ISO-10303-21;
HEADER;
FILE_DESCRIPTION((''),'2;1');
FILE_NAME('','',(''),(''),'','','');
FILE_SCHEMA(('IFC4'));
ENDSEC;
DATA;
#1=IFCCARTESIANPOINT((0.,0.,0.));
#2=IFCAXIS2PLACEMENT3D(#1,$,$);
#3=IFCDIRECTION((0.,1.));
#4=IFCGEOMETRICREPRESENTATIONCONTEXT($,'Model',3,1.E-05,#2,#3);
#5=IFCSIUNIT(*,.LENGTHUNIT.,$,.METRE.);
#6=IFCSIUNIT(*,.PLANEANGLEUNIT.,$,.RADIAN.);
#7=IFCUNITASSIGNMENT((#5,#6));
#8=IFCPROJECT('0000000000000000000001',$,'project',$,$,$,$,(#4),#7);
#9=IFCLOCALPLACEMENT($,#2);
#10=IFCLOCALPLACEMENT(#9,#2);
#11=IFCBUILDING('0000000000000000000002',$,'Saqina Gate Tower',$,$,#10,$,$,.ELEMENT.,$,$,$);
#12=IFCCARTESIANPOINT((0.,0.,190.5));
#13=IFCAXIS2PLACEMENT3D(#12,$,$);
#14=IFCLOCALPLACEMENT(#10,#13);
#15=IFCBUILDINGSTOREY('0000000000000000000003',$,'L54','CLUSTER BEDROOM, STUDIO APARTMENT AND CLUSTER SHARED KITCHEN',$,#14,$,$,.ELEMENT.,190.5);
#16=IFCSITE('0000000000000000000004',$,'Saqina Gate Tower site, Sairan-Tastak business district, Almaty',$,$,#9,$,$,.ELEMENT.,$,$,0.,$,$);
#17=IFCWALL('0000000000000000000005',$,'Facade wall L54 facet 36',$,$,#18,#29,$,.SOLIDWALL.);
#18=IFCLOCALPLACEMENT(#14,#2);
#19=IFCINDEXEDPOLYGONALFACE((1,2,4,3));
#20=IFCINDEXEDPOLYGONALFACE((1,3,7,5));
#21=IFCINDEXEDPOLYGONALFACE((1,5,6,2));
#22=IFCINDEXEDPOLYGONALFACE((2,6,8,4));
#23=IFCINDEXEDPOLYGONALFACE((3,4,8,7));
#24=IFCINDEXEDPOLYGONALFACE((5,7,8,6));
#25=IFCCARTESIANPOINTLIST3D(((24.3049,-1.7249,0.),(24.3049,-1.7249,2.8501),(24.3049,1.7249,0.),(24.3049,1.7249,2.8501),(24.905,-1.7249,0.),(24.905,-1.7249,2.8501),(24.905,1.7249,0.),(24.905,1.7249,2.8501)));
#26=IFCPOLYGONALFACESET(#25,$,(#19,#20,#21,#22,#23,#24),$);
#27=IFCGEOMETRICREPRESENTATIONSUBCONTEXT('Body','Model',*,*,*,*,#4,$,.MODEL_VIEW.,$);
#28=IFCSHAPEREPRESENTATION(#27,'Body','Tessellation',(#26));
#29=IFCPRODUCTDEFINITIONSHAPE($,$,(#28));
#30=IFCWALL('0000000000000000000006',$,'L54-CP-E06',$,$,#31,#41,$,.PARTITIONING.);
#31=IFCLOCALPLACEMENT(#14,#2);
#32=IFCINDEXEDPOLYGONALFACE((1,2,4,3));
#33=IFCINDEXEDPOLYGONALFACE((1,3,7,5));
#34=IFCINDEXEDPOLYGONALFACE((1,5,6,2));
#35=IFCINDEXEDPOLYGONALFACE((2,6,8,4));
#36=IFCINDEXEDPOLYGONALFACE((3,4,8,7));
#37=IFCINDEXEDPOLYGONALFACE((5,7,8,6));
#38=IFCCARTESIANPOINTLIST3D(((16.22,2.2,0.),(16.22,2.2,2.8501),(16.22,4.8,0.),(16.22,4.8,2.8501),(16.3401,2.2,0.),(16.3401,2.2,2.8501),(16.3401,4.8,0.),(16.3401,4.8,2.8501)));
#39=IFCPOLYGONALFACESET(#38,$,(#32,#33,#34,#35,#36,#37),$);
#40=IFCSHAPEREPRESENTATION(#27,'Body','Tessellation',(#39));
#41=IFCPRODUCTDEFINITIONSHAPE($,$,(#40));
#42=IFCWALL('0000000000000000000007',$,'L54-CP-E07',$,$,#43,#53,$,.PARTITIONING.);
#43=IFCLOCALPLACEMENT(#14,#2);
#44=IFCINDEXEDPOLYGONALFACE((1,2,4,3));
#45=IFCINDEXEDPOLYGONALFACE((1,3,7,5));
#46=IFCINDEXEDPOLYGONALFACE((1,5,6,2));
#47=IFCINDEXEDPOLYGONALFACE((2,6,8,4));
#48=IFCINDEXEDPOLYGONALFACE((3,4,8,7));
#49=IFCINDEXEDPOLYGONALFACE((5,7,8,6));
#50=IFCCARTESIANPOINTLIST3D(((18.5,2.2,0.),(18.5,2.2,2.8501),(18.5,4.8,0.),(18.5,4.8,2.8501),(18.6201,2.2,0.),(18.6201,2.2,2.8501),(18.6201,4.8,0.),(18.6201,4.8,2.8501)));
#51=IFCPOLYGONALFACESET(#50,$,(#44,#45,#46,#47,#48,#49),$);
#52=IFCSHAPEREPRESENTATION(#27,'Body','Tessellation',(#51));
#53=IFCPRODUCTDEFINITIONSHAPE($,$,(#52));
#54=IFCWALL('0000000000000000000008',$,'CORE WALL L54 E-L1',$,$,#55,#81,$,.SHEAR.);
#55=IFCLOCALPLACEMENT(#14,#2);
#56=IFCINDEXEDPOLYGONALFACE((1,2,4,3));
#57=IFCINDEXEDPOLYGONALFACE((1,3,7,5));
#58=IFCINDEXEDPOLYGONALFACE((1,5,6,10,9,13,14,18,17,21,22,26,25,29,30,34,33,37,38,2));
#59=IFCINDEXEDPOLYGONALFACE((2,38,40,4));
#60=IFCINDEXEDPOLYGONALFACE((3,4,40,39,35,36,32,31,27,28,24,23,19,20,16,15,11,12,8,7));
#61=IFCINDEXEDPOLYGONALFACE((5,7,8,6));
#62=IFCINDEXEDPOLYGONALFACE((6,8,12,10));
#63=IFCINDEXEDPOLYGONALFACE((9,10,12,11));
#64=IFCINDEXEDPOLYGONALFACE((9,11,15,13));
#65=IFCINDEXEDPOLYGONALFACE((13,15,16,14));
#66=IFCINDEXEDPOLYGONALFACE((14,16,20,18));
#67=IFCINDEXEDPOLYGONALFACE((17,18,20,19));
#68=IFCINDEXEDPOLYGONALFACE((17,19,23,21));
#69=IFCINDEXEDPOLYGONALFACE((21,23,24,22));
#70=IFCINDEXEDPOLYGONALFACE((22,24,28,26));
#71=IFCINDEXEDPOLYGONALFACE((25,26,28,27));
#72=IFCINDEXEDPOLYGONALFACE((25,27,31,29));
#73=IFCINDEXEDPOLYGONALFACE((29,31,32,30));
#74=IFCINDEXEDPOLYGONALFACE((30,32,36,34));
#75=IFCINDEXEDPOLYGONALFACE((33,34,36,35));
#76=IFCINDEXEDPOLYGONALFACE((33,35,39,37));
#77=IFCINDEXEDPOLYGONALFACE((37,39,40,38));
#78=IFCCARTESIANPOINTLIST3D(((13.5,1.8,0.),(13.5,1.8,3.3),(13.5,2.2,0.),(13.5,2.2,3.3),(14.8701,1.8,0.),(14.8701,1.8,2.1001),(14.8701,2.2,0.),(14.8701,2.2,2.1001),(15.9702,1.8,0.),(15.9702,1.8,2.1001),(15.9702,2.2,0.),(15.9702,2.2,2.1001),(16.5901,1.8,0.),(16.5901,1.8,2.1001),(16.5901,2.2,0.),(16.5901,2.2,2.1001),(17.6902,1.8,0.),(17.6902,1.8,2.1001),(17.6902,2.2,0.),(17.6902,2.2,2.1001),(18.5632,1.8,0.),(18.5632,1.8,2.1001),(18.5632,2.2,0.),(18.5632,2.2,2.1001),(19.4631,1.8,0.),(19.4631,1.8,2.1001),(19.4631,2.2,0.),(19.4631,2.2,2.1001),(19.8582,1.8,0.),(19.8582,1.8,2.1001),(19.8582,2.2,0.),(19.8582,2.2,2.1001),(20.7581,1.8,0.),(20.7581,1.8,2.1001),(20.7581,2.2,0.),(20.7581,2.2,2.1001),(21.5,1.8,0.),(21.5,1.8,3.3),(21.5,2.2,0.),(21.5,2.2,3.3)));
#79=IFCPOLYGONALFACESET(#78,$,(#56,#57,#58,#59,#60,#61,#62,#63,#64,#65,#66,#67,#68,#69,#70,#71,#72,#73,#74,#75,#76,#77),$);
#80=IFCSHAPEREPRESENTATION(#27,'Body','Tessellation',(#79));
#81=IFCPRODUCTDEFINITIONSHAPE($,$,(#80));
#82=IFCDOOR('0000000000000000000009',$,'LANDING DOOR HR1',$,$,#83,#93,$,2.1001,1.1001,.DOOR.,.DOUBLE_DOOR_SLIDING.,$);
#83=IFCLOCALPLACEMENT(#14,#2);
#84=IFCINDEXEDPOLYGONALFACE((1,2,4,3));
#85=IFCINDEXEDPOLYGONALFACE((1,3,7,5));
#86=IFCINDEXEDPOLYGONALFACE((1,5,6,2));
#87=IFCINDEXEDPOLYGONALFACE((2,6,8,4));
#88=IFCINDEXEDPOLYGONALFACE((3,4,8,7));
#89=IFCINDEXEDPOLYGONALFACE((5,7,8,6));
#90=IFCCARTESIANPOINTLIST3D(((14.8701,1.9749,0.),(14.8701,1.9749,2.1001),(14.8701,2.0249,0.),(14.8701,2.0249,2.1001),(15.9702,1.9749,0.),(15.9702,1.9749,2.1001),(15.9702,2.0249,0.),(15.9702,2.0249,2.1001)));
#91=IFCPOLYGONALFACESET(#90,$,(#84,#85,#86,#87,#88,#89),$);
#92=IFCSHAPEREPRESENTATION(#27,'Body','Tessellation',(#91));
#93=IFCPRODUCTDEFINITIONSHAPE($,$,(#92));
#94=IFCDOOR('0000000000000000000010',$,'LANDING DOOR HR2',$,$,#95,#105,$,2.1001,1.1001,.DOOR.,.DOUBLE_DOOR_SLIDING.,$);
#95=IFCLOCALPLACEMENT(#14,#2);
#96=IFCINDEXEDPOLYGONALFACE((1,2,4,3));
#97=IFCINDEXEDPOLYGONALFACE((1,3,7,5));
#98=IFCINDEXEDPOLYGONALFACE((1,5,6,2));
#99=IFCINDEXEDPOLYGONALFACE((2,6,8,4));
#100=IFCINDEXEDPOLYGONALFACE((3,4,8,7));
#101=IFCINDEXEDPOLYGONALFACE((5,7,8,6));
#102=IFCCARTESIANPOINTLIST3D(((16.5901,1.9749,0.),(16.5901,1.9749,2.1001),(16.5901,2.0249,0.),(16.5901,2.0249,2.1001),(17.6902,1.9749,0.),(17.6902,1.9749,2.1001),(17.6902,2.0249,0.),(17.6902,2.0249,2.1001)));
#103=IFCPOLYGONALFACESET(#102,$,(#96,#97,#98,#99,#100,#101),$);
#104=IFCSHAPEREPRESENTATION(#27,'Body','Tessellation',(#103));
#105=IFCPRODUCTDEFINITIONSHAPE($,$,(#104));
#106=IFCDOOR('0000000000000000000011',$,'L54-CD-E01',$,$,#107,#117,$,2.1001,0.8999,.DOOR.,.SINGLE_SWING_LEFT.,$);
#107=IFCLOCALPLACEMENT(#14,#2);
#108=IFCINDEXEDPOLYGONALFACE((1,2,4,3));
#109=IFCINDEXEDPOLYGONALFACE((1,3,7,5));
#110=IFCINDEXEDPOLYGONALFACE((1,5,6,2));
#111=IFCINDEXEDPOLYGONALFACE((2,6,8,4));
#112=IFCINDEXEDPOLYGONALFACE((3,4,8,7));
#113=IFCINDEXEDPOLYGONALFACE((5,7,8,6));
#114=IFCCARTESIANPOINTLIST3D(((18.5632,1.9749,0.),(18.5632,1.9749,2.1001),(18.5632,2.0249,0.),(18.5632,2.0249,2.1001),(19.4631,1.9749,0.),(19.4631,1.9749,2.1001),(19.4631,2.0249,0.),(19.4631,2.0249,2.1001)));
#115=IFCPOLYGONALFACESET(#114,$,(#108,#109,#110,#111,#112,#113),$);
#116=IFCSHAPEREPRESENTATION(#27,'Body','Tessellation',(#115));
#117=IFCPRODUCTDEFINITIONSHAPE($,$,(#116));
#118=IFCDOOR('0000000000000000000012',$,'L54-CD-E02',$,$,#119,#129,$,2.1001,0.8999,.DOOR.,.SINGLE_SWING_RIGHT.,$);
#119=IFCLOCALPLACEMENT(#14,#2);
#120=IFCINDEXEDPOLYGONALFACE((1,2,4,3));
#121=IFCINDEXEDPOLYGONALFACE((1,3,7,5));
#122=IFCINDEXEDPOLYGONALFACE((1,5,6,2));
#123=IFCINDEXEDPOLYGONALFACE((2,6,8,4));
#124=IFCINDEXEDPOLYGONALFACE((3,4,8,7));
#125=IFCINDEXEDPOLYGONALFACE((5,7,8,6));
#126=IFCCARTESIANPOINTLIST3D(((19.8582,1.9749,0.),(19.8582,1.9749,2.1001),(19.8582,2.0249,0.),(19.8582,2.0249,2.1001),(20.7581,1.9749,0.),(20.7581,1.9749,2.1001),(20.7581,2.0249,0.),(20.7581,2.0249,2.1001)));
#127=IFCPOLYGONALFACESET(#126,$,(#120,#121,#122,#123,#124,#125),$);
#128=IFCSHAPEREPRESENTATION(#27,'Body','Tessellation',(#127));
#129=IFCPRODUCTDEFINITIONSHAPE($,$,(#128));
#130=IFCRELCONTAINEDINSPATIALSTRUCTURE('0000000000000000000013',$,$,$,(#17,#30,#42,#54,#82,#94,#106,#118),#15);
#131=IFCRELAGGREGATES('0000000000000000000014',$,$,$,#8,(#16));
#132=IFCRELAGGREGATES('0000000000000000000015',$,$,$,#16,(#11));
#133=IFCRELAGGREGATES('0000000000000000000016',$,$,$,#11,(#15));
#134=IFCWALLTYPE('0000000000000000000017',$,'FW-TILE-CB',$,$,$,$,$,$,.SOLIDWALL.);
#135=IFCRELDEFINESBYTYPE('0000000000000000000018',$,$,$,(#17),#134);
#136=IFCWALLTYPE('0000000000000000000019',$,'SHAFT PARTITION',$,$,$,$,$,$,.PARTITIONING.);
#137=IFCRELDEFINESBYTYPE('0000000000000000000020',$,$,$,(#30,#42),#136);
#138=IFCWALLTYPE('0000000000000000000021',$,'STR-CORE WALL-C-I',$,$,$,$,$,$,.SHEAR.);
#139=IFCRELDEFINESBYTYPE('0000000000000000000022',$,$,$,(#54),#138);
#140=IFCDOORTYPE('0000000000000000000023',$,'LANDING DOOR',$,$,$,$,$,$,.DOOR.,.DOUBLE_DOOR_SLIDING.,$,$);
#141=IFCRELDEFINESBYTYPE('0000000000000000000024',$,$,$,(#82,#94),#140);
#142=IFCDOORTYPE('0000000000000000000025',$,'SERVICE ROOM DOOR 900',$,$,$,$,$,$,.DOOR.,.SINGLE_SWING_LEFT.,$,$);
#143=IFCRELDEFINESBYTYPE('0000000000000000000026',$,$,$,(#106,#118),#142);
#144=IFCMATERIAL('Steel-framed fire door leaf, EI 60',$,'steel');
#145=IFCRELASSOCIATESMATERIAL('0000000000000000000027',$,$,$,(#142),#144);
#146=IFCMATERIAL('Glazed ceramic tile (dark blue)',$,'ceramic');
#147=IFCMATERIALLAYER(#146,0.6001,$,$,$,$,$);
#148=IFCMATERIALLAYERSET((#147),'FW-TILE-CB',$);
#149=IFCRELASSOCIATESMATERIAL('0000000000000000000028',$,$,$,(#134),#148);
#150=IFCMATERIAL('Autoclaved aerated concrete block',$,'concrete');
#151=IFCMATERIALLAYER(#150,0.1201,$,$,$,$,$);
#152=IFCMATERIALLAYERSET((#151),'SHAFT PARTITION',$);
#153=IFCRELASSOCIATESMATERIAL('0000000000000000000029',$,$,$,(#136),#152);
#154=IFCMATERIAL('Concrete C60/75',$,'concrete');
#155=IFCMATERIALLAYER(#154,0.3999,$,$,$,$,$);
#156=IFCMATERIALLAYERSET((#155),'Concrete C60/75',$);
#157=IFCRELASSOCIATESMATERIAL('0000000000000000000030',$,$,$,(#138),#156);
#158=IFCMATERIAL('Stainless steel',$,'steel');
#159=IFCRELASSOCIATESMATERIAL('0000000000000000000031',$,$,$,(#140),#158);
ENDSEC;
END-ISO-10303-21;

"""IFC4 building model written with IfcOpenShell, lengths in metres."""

from ifc_helpers import new_model, si_unit, direction, frame, frame_2d, origin, place, context, subcontext, project, spatial, rectangle, extrude, material, layer, layer_set, type_object, element, fill, save


model = new_model("IFC4")

# Units and contexts
model_context = context("Model", 3, precision=1e-05, world=origin(), true_north=direction((0.0, 1.0)))
body_context = subcontext(model_context, "Body", "Model", "MODEL_VIEW")
ifc_project = project(units=[si_unit("LENGTHUNIT", "METRE"), si_unit("PLANEANGLEUNIT", "RADIAN")], contexts=[model_context])

# Site, building, storey
site_placement = place(None, origin())
site = spatial("IfcSite", under=ifc_project, at=site_placement, Name="Saqina Gate Tower site, Sairan-Tastak business district, Almaty", CompositionType="ELEMENT", RefElevation=0.0)
building_placement = place(site_placement, origin())
building = spatial("IfcBuilding", under=site, at=building_placement, Name="Saqina Gate Tower", CompositionType="ELEMENT")
storey_placement = place(building_placement, frame((0.0, 0.0, 190.5)))
storey = spatial("IfcBuildingStorey", under=building, at=storey_placement, Name="L54", Description="CLUSTER BEDROOM, STUDIO APARTMENT AND CLUSTER SHARED KITCHEN", CompositionType="ELEMENT", Elevation=190.5)

# Shared definitions
ifc_material_1 = material(Name="Steel-framed fire door leaf, EI 60", Category="steel")
door_type_1 = type_object("IfcDoorType", Name="SERVICE ROOM DOOR 900", OperationType="SINGLE_SWING_LEFT", PredefinedType="DOOR", material=ifc_material_1)

# Walls
ifc_material_2 = material(Name="Glazed ceramic tile (dark blue)", Category="ceramic")
ifc_layer_1 = layer(ifc_material_2, 0.6001)
ifc_layer_set_1 = layer_set([ifc_layer_1], Name="FW-TILE-CB")
wall_type_1 = type_object("IfcWallType", Name="FW-TILE-CB", PredefinedType="SOLIDWALL", material=ifc_layer_set_1)
wall_1_placement = place(storey_placement, frame((24.605, -1.7249, 0.0), z_axis=(0.0, 0.0, 1.0), x_axis=(0.0, 1.0, 0.0)))
element("IfcWall", 1, at=wall_1_placement, inside=storey, type_object=wall_type_1, Name="Facade wall L54 facet 36", PredefinedType="SOLIDWALL", context=body_context, shape_type="SweptSolid", body=[
    extrude(rectangle(XDim=3.4497, YDim=0.6001, at=frame_2d((1.7249, 0.0))), origin(), (0.0, 0.0, 1.0), 2.8501),
])
ifc_material_3 = material(Name="Autoclaved aerated concrete block", Category="concrete")
ifc_layer_2 = layer(ifc_material_3, 0.1201)
ifc_layer_set_2 = layer_set([ifc_layer_2], Name="SHAFT PARTITION")
wall_type_2 = type_object("IfcWallType", Name="SHAFT PARTITION", PredefinedType="PARTITIONING", material=ifc_layer_set_2)
for number, where, z_axis, x_axis, name in (
    (2, (16.28, 2.2, 0.0), (0.0, 0.0, 1.0), (0.0, 1.0, 0.0), "L54-CP-E06"),
    (3, (18.5601, 2.2, 0.0), (0.0, 0.0, 1.0), (0.0, 1.0, 0.0), "L54-CP-E07"),
):
    element("IfcWall", number, at=place(storey_placement, frame(where, z_axis=z_axis, x_axis=x_axis)), inside=storey, type_object=wall_type_2, Name=name, PredefinedType="PARTITIONING", context=body_context, shape_type="SweptSolid", body=[
        extrude(rectangle(XDim=2.6001, YDim=0.1201, at=frame_2d((1.3, 0.0))), origin(), (0.0, 0.0, 1.0), 2.8501),
    ])

# Wall, openings, doors
ifc_material_4 = material(Name="Concrete C60/75", Category="concrete")
ifc_layer_3 = layer(ifc_material_4, 0.3999)
ifc_layer_set_3 = layer_set([ifc_layer_3], Name="Concrete C60/75")
wall_type_3 = type_object("IfcWallType", Name="STR-CORE WALL-C-I", PredefinedType="SHEAR", material=ifc_layer_set_3)
wall_2_placement = place(storey_placement, frame((13.5, 2.0, 0.0), z_axis=(0.0, 0.0, 1.0), x_axis=(1.0, 0.0, 0.0)))
wall_2 = element("IfcWall", 4, at=wall_2_placement, inside=storey, type_object=wall_type_3, Name="CORE WALL L54 E-L1", PredefinedType="SHEAR", context=body_context, shape_type="SweptSolid", body=[
    extrude(rectangle(XDim=8.0, YDim=0.3999, at=frame_2d((4.0, 0.0))), origin(), (0.0, 0.0, 1.0), 3.3),
])
opening_1_placement = place(wall_2_placement, frame((1.3701, 0.0, 0.0)))
opening_1 = element("IfcOpeningElement", 5, at=opening_1_placement, cuts=wall_2, PredefinedType="OPENING", context=body_context, shape_type="SweptSolid", body=[
    extrude(rectangle(XDim=1.1001, YDim=2.1001, at=frame_2d((0.55, 1.05))), frame((0.0, 0.2119, 0.0), z_axis=(0.0, -1.0, 0.0), x_axis=(1.0, 0.0, 0.0)), (0.0, 0.0, 1.0), 0.4238),
])
opening_2_placement = place(wall_2_placement, frame((3.0901, 0.0, 0.0)))
opening_2 = element("IfcOpeningElement", 6, at=opening_2_placement, cuts=wall_2, PredefinedType="OPENING", context=body_context, shape_type="SweptSolid", body=[
    extrude(rectangle(XDim=1.1001, YDim=2.1001, at=frame_2d((0.55, 1.05))), frame((0.0, 0.2119, 0.0), z_axis=(0.0, -1.0, 0.0), x_axis=(1.0, 0.0, 0.0)), (0.0, 0.0, 1.0), 0.4238),
])
opening_3_placement = place(wall_2_placement, frame((5.0632, 0.0, 0.0)))
opening_3 = element("IfcOpeningElement", 7, at=opening_3_placement, cuts=wall_2, PredefinedType="OPENING", context=body_context, shape_type="SweptSolid", body=[
    extrude(rectangle(XDim=0.8999, YDim=2.1001, at=frame_2d((0.45, 1.05))), frame((0.0, 0.2119, 0.0), z_axis=(0.0, -1.0, 0.0), x_axis=(1.0, 0.0, 0.0)), (0.0, 0.0, 1.0), 0.4238),
])
opening_4_placement = place(wall_2_placement, frame((6.3582, 0.0, 0.0)))
opening_4 = element("IfcOpeningElement", 8, at=opening_4_placement, cuts=wall_2, PredefinedType="OPENING", context=body_context, shape_type="SweptSolid", body=[
    extrude(rectangle(XDim=0.8999, YDim=2.1001, at=frame_2d((0.45, 1.05))), frame((0.0, 0.2119, 0.0), z_axis=(0.0, -1.0, 0.0), x_axis=(1.0, 0.0, 0.0)), (0.0, 0.0, 1.0), 0.4238),
])
ifc_material_5 = material(Name="Stainless steel", Category="steel")
door_type_2 = type_object("IfcDoorType", Name="LANDING DOOR", OperationType="DOUBLE_DOOR_SLIDING", PredefinedType="DOOR", material=ifc_material_5)
door_1_placement = place(opening_1_placement, origin())
door_1 = element("IfcDoor", 9, at=door_1_placement, inside=storey, type_object=door_type_2, Name="LANDING DOOR HR1", OperationType="DOUBLE_DOOR_SLIDING", OverallHeight=2.1001, OverallWidth=1.1001, PredefinedType="DOOR", context=body_context, shape_type="SweptSolid", body=[
    extrude(rectangle(XDim=1.1001, YDim=2.1001, at=frame_2d((0.55, 1.05))), frame((0.0, 0.0249, 0.0), z_axis=(0.0, -1.0, 0.0), x_axis=(1.0, 0.0, 0.0)), (0.0, 0.0, 1.0), 0.05),
])
fill(opening_1, door_1)
door_2_placement = place(opening_2_placement, origin())
door_2 = element("IfcDoor", 10, at=door_2_placement, inside=storey, type_object=door_type_2, Name="LANDING DOOR HR2", OperationType="DOUBLE_DOOR_SLIDING", OverallHeight=2.1001, OverallWidth=1.1001, PredefinedType="DOOR", context=body_context, shape_type="SweptSolid", body=[
    extrude(rectangle(XDim=1.1001, YDim=2.1001, at=frame_2d((0.55, 1.05))), frame((0.0, 0.0249, 0.0), z_axis=(0.0, -1.0, 0.0), x_axis=(1.0, 0.0, 0.0)), (0.0, 0.0, 1.0), 0.05),
])
fill(opening_2, door_2)
door_3_placement = place(opening_3_placement, origin())
door_3 = element("IfcDoor", 11, at=door_3_placement, inside=storey, type_object=door_type_1, Name="L54-CD-E01", OperationType="SINGLE_SWING_LEFT", OverallHeight=2.1001, OverallWidth=0.8999, PredefinedType="DOOR", context=body_context, shape_type="SweptSolid", body=[
    extrude(rectangle(XDim=0.8999, YDim=2.1001, at=frame_2d((0.45, 1.05))), frame((0.0, 0.0249, 0.0), z_axis=(0.0, -1.0, 0.0), x_axis=(1.0, 0.0, 0.0)), (0.0, 0.0, 1.0), 0.05),
])
fill(opening_3, door_3)
door_4_placement = place(opening_4_placement, origin())
door_4 = element("IfcDoor", 12, at=door_4_placement, inside=storey, type_object=door_type_1, Name="L54-CD-E02", OperationType="SINGLE_SWING_RIGHT", OverallHeight=2.1001, OverallWidth=0.8999, PredefinedType="DOOR", context=body_context, shape_type="SweptSolid", body=[
    extrude(rectangle(XDim=0.8999, YDim=2.1001, at=frame_2d((0.45, 1.05))), frame((0.0, 0.0249, 0.0), z_axis=(0.0, -1.0, 0.0), x_axis=(1.0, 0.0, 0.0)), (0.0, 0.0, 1.0), 0.05),
])
fill(opening_4, door_4)

save(model, "model.ifc")
